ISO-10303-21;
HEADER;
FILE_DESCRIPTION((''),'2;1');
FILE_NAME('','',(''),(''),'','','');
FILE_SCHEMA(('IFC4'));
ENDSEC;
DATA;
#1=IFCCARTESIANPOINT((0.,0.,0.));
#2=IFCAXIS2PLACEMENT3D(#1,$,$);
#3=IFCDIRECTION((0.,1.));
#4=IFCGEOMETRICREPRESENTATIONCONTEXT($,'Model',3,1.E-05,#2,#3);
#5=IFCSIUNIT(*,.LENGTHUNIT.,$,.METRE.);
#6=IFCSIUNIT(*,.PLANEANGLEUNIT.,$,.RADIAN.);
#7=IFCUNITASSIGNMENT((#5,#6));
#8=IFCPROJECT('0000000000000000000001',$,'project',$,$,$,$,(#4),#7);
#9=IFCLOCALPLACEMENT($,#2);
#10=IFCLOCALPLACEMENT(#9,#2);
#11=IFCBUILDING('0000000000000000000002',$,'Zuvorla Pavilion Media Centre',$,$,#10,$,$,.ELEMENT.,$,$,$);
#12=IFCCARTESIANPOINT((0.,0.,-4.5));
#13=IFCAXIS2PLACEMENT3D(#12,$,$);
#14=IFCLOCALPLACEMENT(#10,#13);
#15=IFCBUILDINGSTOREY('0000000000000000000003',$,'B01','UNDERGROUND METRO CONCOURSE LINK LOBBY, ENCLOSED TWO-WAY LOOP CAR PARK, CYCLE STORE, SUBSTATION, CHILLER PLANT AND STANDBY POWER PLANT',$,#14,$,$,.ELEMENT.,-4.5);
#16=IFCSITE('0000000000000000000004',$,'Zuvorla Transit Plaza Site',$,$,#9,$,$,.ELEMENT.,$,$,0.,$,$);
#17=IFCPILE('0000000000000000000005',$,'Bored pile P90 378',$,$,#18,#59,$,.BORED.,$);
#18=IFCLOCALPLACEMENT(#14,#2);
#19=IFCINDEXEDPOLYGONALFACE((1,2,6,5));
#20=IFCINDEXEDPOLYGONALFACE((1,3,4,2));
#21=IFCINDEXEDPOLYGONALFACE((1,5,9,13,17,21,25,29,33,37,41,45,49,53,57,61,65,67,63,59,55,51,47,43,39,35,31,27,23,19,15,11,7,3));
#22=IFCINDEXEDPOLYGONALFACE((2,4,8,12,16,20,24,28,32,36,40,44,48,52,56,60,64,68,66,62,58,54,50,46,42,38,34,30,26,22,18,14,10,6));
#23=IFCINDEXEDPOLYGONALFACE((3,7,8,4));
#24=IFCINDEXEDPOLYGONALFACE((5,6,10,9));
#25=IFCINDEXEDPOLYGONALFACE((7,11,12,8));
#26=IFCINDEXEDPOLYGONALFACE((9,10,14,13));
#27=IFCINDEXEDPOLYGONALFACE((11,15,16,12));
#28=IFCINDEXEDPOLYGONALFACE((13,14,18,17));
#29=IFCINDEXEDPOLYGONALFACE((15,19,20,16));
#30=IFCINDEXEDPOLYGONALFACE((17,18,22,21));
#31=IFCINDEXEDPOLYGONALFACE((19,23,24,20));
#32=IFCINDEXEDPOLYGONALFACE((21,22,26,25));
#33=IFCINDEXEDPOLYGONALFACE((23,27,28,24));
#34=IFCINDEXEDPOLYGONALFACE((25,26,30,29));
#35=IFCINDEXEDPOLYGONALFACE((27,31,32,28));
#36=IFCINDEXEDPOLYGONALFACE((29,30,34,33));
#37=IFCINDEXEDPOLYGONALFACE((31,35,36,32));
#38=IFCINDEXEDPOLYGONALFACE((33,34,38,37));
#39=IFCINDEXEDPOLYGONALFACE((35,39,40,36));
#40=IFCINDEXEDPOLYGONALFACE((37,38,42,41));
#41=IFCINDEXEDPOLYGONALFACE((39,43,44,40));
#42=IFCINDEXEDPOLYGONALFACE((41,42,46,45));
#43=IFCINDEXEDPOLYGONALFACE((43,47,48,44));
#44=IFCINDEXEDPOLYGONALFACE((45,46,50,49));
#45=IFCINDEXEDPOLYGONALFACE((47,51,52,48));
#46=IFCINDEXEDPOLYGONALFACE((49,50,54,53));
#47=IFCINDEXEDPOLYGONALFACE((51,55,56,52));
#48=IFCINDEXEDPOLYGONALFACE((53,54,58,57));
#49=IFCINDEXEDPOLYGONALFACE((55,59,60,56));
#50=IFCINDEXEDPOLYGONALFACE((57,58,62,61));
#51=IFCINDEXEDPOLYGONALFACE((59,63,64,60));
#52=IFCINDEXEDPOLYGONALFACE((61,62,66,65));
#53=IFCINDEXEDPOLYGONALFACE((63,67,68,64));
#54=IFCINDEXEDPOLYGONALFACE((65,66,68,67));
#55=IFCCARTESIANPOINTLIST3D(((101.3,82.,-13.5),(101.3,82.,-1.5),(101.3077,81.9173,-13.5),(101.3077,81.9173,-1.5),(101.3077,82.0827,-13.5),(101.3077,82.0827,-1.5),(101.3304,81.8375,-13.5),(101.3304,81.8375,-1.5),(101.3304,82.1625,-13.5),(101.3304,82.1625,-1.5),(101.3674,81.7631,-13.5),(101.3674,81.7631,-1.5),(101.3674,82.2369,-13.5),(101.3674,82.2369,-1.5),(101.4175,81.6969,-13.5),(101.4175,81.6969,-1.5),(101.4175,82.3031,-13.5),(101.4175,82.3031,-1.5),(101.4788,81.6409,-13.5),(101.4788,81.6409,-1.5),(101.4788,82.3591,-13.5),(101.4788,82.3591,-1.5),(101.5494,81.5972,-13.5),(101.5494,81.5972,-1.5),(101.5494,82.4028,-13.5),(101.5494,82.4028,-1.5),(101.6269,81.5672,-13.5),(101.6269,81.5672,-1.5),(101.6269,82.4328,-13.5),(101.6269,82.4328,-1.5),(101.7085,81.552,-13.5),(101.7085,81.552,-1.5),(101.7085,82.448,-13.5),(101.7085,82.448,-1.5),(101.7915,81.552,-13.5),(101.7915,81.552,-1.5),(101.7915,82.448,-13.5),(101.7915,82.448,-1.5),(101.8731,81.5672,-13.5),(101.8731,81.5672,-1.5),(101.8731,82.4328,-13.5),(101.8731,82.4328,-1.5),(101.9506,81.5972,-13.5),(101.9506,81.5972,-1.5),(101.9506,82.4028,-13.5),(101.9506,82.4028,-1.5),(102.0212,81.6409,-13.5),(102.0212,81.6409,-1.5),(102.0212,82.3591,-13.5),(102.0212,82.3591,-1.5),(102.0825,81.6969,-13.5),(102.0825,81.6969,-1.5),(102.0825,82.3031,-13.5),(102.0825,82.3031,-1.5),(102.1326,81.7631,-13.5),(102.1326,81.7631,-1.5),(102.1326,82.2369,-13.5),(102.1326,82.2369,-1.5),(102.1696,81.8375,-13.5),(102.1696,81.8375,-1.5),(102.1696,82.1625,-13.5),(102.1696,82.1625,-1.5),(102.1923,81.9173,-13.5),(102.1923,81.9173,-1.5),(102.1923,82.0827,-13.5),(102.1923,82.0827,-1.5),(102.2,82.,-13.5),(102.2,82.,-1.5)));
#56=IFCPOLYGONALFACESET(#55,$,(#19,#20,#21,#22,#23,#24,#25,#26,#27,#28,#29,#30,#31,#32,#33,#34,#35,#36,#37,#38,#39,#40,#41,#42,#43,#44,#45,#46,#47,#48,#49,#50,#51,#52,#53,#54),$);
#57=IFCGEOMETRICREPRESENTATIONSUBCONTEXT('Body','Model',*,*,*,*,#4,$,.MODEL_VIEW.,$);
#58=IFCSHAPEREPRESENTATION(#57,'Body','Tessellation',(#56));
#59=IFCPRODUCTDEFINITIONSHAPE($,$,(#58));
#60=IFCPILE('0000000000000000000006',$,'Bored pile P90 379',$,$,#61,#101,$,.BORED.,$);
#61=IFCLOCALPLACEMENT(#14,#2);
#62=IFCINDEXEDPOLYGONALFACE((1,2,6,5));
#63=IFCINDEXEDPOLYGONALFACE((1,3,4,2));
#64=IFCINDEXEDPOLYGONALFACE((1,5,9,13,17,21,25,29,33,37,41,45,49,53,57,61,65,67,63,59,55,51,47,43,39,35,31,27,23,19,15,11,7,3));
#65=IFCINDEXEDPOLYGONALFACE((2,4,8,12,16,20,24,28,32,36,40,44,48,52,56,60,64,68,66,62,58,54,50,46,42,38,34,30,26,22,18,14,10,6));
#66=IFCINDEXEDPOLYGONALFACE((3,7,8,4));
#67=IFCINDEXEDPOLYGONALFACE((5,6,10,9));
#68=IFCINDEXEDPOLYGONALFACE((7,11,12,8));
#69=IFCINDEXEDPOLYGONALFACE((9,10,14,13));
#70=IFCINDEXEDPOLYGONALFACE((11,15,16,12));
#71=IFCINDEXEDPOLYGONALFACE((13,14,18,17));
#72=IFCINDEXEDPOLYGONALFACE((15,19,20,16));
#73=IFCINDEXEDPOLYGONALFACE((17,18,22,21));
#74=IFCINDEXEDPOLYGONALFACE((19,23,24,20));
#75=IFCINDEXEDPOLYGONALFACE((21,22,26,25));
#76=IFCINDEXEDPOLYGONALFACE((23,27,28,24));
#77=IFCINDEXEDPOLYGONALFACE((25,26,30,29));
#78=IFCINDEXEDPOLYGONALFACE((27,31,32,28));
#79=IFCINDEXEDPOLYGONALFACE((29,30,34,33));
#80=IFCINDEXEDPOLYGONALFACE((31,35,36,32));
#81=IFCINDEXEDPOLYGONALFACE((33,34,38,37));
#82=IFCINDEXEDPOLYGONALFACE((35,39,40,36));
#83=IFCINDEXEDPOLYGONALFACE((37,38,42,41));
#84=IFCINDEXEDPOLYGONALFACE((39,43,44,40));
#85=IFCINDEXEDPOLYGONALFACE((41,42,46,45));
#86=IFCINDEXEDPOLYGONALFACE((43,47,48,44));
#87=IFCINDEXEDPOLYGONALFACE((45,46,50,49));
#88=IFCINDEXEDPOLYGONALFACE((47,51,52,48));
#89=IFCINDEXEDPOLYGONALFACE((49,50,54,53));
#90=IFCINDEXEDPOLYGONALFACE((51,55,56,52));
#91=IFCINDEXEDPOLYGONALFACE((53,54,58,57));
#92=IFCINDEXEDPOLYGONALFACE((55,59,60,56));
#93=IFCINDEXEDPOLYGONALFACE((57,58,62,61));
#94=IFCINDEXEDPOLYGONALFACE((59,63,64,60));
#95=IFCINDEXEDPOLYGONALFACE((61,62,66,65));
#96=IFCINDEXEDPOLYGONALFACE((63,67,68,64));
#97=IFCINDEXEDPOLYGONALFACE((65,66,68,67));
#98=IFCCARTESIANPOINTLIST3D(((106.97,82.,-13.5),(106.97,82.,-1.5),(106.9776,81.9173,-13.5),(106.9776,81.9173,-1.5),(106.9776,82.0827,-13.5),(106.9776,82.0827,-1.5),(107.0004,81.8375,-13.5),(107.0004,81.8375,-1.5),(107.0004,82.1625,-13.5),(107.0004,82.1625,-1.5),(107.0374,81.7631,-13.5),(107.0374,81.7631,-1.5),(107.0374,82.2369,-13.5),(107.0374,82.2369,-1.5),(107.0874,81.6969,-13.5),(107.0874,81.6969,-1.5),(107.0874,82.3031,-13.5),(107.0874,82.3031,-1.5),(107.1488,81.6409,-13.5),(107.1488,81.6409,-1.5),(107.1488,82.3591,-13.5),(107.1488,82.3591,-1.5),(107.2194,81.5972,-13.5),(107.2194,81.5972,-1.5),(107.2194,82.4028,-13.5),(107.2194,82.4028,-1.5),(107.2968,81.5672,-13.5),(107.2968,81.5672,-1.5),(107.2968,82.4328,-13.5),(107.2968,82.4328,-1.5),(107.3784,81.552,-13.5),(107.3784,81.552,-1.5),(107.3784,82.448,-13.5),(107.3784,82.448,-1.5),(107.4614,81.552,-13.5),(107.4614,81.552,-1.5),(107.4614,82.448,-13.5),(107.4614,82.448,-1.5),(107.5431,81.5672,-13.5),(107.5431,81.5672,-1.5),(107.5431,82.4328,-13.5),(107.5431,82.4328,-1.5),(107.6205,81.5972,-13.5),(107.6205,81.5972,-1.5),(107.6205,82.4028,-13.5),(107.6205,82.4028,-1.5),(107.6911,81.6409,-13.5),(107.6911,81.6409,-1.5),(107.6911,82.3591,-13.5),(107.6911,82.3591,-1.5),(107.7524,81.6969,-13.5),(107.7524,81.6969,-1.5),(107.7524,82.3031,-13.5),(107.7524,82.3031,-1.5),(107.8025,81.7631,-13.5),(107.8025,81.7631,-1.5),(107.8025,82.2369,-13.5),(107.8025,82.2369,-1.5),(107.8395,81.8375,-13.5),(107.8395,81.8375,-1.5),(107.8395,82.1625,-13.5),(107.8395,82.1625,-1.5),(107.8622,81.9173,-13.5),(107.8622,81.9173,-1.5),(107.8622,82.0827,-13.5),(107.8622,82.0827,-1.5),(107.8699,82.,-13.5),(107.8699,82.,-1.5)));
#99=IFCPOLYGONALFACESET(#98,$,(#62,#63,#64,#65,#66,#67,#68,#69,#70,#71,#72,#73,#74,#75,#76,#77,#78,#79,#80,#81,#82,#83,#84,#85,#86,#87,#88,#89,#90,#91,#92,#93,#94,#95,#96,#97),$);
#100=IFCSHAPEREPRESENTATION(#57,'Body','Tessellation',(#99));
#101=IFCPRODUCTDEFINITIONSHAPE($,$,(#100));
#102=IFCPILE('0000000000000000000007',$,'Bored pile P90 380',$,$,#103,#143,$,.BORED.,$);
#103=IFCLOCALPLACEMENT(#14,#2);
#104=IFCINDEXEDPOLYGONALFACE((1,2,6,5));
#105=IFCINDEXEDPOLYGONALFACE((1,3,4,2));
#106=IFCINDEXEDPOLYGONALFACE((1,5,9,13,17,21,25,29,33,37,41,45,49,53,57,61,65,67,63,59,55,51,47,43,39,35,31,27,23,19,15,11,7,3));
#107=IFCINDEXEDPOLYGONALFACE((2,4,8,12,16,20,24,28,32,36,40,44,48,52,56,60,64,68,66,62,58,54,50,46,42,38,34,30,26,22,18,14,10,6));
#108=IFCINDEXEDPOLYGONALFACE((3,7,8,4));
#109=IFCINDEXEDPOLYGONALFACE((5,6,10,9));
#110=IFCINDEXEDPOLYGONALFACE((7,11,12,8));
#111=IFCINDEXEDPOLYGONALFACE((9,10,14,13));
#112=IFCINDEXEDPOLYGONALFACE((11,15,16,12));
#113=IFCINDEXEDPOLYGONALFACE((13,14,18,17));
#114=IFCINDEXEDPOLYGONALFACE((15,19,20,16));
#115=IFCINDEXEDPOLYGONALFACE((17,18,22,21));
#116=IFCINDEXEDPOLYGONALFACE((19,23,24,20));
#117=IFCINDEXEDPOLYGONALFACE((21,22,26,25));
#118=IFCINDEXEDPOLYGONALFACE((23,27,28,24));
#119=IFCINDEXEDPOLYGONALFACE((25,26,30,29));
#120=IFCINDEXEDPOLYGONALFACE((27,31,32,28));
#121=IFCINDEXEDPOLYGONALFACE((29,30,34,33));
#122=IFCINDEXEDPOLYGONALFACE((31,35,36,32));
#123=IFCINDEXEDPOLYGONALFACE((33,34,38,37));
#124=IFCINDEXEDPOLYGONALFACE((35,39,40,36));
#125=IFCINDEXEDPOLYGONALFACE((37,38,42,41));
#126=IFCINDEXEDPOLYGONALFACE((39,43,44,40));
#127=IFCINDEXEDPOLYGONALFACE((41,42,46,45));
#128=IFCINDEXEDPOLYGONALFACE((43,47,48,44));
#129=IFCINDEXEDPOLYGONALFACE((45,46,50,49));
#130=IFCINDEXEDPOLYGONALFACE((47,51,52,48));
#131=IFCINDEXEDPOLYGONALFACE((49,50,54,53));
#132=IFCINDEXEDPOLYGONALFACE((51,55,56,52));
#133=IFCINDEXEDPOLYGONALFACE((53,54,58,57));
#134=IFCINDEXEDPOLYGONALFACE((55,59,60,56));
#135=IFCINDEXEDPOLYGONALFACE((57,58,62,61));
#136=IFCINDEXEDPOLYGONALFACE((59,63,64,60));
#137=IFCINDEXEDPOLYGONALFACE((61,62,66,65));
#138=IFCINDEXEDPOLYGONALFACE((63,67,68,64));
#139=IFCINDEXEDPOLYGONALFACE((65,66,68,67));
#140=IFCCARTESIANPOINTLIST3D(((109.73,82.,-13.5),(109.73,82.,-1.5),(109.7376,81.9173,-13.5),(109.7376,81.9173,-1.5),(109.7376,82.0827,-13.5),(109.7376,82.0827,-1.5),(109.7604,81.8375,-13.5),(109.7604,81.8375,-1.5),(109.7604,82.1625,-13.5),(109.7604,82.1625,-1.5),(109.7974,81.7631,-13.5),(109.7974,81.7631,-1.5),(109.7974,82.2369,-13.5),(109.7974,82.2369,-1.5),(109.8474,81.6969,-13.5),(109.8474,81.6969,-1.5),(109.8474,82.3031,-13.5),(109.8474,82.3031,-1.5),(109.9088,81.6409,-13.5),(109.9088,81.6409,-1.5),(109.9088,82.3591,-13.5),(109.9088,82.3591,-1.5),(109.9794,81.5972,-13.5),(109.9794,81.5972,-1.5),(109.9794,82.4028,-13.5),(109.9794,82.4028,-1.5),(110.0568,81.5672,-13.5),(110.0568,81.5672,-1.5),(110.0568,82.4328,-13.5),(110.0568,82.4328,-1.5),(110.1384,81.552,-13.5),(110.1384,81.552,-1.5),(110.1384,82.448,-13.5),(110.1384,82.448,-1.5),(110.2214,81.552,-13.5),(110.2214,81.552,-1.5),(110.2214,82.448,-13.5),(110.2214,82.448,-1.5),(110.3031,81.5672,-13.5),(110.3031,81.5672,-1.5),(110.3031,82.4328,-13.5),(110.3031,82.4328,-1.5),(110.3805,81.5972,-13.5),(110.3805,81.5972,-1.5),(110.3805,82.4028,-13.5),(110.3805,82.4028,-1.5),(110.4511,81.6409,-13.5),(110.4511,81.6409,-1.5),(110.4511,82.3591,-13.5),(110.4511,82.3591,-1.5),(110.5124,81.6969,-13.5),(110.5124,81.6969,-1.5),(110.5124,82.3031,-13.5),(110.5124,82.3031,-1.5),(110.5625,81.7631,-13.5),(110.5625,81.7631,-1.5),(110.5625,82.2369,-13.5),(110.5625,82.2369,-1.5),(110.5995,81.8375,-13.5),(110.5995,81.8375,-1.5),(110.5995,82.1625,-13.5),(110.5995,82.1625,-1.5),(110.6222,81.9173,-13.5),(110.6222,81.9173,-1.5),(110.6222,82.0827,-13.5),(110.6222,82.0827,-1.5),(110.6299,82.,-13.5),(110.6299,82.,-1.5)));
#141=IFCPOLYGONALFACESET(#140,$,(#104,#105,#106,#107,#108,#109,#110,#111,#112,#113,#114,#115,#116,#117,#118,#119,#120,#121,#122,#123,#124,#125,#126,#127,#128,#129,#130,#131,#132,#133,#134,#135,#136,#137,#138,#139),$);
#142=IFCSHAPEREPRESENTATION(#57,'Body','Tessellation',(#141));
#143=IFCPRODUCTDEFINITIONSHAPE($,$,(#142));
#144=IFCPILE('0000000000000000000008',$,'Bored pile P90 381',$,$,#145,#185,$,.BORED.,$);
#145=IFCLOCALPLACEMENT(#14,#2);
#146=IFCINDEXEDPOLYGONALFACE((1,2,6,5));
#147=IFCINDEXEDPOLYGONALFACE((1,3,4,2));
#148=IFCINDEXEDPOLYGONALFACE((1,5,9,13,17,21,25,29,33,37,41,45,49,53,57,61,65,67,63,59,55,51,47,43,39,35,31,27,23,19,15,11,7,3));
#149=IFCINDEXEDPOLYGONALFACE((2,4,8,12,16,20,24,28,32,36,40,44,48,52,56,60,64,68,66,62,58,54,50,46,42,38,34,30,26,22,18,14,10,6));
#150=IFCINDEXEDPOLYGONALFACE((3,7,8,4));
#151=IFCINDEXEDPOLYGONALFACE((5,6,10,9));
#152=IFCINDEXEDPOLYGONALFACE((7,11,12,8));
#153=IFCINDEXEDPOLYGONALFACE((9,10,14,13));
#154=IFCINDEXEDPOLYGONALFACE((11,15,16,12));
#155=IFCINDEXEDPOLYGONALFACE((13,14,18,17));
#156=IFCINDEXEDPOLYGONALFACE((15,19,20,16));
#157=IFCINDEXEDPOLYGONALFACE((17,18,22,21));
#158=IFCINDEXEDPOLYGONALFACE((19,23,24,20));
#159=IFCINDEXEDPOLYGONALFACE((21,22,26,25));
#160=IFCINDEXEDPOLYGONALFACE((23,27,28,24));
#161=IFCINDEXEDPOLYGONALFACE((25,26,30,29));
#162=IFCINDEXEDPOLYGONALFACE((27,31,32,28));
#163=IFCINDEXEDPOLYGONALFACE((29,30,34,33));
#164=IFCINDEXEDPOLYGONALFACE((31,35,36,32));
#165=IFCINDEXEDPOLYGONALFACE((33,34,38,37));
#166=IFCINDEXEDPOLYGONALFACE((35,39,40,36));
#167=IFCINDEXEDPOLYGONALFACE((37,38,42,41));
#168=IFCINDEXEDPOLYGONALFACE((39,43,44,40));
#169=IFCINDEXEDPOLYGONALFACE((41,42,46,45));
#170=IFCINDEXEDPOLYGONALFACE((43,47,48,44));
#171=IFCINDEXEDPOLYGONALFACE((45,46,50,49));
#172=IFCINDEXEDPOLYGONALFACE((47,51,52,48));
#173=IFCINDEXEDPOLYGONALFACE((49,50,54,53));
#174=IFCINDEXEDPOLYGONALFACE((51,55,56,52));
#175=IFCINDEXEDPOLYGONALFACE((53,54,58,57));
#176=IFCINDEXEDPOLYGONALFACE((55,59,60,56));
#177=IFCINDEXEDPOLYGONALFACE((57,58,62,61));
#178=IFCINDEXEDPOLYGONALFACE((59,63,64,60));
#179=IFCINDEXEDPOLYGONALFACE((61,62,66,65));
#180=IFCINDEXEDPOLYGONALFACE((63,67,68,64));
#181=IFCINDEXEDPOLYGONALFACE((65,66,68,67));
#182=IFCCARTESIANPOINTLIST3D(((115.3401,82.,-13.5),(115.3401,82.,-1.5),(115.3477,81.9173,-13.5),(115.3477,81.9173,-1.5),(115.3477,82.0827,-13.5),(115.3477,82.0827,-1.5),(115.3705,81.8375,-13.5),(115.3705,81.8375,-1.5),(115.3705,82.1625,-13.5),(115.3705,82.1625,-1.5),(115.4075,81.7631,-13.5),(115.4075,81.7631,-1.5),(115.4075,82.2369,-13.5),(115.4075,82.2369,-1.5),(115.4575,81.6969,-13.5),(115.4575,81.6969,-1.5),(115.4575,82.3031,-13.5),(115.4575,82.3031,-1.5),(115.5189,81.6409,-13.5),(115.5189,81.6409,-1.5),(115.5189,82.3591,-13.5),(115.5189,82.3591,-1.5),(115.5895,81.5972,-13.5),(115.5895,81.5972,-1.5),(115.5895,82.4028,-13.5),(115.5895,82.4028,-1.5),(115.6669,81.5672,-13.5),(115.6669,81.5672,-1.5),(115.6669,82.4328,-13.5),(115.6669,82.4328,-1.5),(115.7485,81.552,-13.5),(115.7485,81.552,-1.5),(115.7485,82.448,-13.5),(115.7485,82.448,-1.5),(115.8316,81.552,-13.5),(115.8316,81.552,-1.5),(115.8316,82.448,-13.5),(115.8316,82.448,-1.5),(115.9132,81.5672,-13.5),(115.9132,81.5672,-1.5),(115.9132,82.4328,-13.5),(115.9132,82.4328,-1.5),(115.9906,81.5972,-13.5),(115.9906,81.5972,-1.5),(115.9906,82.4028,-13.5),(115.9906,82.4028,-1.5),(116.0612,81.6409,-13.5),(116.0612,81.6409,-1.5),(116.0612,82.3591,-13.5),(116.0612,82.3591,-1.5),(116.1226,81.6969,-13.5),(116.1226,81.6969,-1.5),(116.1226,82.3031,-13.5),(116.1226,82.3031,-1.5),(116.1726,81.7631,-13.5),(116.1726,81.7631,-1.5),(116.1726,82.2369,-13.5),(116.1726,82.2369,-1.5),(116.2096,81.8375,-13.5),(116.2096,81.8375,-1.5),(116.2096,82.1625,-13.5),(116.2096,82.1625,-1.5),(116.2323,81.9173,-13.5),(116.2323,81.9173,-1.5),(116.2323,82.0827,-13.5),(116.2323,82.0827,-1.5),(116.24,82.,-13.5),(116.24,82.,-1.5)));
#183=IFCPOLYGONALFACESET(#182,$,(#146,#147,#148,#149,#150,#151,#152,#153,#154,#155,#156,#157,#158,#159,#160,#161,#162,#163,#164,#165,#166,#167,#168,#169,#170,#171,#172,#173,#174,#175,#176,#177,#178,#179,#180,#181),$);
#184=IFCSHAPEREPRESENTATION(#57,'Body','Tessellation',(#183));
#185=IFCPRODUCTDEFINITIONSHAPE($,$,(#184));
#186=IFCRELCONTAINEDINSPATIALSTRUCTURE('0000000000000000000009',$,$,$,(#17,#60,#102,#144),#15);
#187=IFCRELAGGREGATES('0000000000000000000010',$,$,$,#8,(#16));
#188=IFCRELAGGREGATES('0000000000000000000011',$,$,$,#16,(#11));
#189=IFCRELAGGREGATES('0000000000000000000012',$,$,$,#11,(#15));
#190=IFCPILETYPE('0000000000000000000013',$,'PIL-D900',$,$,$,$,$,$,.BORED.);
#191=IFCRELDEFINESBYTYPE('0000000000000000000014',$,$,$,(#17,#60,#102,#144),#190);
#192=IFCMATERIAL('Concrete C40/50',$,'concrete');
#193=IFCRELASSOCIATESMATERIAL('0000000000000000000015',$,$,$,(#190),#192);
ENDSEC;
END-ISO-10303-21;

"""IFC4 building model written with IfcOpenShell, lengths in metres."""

from ifc_helpers import new_model, si_unit, direction, frame, origin, origin_2d, place, context, subcontext, project, spatial, circle, extrude, material, material_profile, profile_set, type_object, element, save


model = new_model("IFC4")

# Units and contexts
model_context = context("Model", 3, precision=1e-05, world=origin(), true_north=direction((0.0, 1.0)))
body_context = subcontext(model_context, "Body", "Model", "MODEL_VIEW")
ifc_project = project(units=[si_unit("LENGTHUNIT", "METRE"), si_unit("PLANEANGLEUNIT", "RADIAN")], contexts=[model_context])

# Site, building, storey
site_placement = place(None, origin())
site = spatial("IfcSite", under=ifc_project, at=site_placement, Name="Zuvorla Transit Plaza Site", CompositionType="ELEMENT", RefElevation=0.0)
building_placement = place(site_placement, origin())
building = spatial("IfcBuilding", under=site, at=building_placement, Name="Zuvorla Pavilion Media Centre", CompositionType="ELEMENT")
storey_placement = place(building_placement, frame((0.0, 0.0, -4.5)))
storey = spatial("IfcBuildingStorey", under=building, at=storey_placement, Name="B01", Description="UNDERGROUND METRO CONCOURSE LINK LOBBY, ENCLOSED TWO-WAY LOOP CAR PARK, CYCLE STORE, SUBSTATION, CHILLER PLANT AND STANDBY POWER PLANT", CompositionType="ELEMENT", Elevation=-4.5)

# Shared definitions
ifc_material = material(Name="Concrete C40/50", Category="concrete")

# Piles
ifc_material_profile_1 = material_profile(ifc_material, circle(Radius=0.45, at=origin_2d()), Name="BORED PILE 900")
ifc_profile_set_1 = profile_set([ifc_material_profile_1], Name="Concrete C40/50")
pile_type = type_object("IfcPileType", Name="PIL-D900", PredefinedType="BORED", material=ifc_profile_set_1)
for number, where, z_axis, x_axis, name in (
    (1, (101.75, 82.0, -1.5), (0.0, 0.0, -1.0), (1.0, 0.0, 0.0), "Bored pile P90 378"),
    (2, (107.4199, 82.0, -1.5), (0.0, 0.0, -1.0), (1.0, 0.0, 0.0), "Bored pile P90 379"),
    (3, (110.1799, 82.0, -1.5), (0.0, 0.0, -1.0), (1.0, 0.0, 0.0), "Bored pile P90 380"),
    (4, (115.79, 82.0, -1.5), (0.0, 0.0, -1.0), (1.0, 0.0, 0.0), "Bored pile P90 381"),
):
    element("IfcPile", number, at=place(storey_placement, frame(where, z_axis=z_axis, x_axis=x_axis)), inside=storey, type_object=pile_type, Name=name, PredefinedType="BORED", context=body_context, shape_type="SweptSolid", body=[
        extrude(circle(Radius=0.45, at=origin_2d()), origin(), (0.0, 0.0, 1.0), 12.0),
    ])

save(model, "model.ifc")
